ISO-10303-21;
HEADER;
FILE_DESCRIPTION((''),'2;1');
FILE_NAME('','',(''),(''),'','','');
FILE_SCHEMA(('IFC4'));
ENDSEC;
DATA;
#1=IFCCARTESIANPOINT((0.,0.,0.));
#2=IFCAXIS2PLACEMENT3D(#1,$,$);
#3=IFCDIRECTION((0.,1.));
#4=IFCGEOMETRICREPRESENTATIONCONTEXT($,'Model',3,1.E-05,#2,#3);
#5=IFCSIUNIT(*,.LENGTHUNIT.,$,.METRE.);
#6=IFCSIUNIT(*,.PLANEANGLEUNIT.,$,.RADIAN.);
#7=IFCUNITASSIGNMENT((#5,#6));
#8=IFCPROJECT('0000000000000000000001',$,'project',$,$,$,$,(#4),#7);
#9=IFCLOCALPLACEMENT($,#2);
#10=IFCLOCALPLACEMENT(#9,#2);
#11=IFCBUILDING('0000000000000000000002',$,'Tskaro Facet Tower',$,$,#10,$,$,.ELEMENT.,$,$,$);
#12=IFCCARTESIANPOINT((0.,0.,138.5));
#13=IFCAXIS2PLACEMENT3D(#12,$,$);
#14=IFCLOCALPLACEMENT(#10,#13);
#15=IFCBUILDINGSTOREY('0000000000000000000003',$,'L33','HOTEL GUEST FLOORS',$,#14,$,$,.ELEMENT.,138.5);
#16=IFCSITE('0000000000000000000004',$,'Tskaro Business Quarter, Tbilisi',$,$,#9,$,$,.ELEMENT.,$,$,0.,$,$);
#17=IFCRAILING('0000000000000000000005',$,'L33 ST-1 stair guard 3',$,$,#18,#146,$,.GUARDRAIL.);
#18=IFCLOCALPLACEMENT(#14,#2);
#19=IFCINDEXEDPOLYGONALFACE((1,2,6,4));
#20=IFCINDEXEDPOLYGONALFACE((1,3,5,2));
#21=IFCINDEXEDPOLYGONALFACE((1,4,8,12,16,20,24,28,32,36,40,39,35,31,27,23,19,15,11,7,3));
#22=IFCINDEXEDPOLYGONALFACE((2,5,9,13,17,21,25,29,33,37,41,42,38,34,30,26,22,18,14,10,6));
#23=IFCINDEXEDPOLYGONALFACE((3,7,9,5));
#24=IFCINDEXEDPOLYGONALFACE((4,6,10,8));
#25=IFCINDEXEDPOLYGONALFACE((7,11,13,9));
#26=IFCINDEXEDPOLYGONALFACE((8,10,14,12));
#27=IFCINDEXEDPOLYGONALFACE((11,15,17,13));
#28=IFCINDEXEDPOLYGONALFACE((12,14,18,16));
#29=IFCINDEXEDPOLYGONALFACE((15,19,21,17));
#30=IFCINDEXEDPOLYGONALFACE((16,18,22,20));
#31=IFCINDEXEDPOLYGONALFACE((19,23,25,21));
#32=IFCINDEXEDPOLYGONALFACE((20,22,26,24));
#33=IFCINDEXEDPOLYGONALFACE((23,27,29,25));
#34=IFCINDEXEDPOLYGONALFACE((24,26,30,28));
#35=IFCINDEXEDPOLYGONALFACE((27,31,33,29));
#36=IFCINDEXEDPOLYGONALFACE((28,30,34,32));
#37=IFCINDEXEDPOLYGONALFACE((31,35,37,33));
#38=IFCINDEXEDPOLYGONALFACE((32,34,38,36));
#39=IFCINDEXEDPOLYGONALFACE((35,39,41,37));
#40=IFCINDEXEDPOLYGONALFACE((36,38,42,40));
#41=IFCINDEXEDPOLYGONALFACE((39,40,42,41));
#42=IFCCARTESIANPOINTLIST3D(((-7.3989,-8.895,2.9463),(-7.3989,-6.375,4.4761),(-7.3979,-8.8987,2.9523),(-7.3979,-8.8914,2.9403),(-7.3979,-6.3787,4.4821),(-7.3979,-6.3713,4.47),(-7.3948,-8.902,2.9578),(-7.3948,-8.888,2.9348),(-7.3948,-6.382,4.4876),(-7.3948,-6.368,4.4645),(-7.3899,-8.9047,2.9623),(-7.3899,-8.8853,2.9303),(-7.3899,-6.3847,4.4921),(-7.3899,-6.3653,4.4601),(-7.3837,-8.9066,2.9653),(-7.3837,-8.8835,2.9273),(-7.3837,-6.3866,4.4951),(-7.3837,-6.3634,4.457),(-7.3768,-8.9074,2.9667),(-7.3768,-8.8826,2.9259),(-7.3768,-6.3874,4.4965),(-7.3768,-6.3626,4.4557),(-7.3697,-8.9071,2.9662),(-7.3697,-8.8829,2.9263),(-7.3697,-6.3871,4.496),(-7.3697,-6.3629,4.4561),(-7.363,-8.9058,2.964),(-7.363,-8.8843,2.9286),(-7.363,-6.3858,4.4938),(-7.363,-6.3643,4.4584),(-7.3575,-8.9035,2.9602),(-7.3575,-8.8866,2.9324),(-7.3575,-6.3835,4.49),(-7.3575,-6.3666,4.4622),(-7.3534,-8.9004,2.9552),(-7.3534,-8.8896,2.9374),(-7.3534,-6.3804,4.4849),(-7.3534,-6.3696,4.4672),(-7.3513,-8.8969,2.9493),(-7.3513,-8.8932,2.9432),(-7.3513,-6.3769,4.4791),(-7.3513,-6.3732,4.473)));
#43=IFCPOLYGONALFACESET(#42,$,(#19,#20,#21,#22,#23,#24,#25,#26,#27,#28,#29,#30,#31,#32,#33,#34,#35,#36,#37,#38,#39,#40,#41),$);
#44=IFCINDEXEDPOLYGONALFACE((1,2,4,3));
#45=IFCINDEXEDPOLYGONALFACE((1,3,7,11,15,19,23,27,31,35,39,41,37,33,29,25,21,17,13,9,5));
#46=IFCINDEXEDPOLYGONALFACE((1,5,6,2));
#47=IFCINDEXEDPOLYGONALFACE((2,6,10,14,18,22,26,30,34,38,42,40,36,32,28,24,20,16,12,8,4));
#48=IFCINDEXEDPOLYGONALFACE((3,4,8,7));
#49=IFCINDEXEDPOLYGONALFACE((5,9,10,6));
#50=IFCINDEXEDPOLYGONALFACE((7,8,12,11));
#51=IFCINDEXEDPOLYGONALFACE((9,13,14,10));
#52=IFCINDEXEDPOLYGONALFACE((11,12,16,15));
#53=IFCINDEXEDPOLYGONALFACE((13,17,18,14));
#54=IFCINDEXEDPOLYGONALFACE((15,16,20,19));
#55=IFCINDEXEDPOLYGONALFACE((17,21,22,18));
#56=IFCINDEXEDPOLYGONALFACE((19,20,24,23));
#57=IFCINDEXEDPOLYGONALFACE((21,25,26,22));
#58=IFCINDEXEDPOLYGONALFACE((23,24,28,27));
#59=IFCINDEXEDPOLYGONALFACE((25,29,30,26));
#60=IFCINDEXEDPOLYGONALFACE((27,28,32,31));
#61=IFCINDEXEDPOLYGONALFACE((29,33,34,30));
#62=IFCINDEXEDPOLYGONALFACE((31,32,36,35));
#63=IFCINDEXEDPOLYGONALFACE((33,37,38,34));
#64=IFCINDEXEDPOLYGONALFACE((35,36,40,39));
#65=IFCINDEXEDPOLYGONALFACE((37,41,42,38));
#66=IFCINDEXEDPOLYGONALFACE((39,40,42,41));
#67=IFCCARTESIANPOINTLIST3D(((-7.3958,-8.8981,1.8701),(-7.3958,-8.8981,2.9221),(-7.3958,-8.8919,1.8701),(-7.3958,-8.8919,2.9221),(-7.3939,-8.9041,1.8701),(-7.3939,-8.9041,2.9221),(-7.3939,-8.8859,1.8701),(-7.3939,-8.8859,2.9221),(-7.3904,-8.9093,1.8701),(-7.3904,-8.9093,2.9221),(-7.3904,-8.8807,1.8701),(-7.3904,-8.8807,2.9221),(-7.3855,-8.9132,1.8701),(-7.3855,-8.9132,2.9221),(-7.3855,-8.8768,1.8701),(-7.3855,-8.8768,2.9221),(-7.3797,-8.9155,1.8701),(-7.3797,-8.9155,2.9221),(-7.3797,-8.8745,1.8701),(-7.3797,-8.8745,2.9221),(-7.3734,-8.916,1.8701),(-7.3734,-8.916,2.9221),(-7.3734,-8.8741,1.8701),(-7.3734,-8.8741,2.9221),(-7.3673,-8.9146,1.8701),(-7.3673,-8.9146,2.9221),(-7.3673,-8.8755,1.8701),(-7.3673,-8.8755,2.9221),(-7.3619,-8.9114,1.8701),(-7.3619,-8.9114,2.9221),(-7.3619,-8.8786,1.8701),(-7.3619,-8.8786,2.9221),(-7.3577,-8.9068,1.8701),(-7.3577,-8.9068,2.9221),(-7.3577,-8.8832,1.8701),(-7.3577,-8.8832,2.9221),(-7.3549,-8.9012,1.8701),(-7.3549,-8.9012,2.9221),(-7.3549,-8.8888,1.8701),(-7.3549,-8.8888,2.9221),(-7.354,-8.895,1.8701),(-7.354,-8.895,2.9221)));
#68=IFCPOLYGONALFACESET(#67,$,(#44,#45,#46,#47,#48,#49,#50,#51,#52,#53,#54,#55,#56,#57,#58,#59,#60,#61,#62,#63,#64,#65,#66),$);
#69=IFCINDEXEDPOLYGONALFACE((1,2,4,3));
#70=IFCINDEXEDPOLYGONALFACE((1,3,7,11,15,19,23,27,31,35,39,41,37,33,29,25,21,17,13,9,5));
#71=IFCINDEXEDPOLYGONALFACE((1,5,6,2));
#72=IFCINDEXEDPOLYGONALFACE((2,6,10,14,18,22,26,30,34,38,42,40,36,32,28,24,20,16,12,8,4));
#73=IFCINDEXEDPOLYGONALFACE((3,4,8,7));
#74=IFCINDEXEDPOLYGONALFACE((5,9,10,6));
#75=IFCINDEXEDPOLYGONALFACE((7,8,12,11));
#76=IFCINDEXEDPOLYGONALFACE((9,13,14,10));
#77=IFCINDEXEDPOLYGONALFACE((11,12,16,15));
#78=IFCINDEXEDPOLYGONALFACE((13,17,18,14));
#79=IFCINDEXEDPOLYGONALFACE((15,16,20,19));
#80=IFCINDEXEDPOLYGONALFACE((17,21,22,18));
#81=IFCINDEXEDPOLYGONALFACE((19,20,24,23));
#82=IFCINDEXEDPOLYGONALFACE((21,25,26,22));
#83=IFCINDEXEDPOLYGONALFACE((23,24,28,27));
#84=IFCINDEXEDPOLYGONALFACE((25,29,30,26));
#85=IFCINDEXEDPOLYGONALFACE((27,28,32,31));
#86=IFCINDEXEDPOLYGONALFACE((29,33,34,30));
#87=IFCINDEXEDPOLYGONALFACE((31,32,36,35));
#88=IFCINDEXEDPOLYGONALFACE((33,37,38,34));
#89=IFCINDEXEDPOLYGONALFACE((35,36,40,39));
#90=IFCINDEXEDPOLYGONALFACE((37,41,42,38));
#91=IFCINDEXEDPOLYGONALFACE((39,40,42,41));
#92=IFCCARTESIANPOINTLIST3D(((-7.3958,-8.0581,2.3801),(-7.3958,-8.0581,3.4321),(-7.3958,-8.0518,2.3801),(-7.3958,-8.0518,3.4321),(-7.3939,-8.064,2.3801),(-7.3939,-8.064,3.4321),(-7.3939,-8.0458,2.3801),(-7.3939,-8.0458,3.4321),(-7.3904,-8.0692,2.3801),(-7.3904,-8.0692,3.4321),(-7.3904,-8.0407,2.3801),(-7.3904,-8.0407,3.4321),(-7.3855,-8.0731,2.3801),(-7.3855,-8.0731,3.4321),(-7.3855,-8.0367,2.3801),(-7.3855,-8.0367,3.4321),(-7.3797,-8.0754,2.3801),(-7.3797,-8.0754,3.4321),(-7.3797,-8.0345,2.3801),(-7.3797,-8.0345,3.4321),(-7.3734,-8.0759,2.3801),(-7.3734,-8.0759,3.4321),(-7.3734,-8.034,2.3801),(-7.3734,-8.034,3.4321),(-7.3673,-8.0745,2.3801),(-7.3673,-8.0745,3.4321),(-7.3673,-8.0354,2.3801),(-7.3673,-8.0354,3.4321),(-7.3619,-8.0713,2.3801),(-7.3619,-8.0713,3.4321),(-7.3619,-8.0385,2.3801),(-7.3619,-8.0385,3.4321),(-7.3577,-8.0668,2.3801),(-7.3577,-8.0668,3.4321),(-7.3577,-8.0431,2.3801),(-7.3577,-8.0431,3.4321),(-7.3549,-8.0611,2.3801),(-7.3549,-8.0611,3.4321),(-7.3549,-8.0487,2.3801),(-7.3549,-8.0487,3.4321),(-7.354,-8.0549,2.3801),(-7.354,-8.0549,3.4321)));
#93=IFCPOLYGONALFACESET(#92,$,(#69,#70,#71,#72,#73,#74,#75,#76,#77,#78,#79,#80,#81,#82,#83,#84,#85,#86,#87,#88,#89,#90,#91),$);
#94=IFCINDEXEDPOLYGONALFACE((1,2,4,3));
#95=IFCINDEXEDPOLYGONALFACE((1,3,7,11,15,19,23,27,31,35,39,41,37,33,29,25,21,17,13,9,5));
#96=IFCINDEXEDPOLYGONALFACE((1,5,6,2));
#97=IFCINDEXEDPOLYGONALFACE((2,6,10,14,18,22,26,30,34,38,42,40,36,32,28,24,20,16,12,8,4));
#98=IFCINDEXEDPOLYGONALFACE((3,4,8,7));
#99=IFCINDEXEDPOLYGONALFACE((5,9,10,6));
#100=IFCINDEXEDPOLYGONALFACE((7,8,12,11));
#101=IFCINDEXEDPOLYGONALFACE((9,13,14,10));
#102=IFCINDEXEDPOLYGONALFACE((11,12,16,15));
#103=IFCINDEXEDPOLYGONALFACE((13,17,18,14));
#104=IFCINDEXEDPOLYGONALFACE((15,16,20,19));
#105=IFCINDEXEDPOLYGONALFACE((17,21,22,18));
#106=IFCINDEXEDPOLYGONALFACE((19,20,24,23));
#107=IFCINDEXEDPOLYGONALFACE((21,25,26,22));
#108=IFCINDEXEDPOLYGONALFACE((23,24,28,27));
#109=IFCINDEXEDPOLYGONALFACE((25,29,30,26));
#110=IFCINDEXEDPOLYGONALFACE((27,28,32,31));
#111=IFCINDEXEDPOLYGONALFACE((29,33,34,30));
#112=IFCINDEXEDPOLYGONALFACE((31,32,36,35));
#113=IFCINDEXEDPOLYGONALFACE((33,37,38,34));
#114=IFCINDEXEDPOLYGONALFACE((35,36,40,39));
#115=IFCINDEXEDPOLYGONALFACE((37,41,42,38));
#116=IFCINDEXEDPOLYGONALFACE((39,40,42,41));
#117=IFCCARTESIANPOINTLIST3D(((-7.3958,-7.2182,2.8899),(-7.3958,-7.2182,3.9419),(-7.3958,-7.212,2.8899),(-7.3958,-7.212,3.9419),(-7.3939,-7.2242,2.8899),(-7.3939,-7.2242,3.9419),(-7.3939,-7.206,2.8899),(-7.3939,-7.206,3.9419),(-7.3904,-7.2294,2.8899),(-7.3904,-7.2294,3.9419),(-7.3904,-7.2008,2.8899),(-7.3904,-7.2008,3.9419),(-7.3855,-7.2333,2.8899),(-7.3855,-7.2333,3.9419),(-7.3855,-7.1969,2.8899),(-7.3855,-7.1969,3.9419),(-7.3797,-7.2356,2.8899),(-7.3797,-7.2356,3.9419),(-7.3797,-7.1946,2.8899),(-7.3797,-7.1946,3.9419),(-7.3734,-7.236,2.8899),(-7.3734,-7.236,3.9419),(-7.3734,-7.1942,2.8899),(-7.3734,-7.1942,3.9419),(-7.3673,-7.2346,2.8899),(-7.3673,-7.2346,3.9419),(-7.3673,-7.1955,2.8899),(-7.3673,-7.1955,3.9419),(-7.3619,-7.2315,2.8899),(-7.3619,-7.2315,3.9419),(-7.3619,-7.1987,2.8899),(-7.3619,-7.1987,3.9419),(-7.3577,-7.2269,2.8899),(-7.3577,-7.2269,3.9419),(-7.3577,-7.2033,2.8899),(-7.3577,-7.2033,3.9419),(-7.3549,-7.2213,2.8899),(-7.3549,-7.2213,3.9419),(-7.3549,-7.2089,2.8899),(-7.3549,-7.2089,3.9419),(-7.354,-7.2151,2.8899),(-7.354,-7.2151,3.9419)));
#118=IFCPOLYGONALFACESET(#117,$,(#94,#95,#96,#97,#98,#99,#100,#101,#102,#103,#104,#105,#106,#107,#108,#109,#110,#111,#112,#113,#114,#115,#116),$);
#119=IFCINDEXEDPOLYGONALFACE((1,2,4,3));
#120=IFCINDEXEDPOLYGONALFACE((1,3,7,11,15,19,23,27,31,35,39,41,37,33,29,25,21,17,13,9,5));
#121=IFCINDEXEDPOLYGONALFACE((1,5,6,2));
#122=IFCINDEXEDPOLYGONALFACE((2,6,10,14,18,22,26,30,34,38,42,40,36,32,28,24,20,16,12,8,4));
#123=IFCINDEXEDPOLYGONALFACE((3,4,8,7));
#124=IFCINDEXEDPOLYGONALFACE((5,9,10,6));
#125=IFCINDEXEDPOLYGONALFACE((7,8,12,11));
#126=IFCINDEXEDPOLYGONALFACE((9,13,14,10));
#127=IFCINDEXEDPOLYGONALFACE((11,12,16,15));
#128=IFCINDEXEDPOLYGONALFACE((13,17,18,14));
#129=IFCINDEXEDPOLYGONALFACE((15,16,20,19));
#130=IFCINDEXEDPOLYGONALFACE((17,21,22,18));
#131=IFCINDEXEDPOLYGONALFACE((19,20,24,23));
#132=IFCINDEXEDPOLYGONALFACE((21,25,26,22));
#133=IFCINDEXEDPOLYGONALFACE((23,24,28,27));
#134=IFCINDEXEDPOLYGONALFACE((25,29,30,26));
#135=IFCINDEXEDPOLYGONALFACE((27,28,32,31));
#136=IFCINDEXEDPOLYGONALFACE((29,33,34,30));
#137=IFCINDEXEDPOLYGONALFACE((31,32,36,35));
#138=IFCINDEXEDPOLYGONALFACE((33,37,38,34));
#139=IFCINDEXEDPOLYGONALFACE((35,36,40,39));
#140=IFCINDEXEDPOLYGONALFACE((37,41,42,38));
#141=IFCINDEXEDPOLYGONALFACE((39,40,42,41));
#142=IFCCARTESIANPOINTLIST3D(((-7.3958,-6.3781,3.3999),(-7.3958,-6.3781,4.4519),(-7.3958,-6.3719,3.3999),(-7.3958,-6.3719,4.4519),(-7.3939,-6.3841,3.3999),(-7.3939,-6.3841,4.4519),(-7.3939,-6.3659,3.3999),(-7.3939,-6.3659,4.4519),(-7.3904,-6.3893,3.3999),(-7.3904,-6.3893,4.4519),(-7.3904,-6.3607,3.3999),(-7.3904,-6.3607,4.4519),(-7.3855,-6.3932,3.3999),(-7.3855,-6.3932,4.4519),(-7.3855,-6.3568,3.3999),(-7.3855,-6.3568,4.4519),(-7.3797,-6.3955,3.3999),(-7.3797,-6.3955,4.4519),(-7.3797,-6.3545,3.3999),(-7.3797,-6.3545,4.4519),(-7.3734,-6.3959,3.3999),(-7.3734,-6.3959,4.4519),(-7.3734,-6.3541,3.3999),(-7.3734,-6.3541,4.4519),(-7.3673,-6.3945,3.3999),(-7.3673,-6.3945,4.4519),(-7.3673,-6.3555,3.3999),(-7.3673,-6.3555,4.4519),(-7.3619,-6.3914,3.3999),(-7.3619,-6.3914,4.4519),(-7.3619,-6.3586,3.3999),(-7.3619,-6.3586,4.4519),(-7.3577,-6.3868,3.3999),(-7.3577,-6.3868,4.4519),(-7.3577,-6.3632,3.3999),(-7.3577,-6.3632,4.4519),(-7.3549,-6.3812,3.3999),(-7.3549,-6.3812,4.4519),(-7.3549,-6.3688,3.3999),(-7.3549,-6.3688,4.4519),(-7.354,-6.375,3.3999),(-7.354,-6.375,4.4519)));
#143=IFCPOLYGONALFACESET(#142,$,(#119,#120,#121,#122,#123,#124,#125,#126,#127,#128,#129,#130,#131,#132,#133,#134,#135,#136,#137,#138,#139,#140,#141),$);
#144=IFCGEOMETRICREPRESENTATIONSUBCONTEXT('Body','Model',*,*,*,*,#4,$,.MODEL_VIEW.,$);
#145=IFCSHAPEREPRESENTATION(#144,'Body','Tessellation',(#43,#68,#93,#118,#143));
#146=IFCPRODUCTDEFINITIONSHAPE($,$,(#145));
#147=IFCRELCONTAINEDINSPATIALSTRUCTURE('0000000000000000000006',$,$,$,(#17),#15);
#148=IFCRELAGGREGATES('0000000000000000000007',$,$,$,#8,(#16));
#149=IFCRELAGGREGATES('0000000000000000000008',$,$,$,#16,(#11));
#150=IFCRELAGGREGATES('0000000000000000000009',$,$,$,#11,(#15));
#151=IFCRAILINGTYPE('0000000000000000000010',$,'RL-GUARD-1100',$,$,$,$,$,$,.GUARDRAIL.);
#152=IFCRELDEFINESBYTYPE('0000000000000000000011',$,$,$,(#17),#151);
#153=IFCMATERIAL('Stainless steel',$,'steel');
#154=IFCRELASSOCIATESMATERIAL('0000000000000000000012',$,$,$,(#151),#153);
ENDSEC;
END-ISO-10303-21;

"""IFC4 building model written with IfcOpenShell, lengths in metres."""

from ifc_helpers import new_model, si_unit, direction, frame, origin, origin_2d, place, context, subcontext, project, spatial, circle, extrude, material, type_object, element, save


model = new_model("IFC4")

# Units and contexts
model_context = context("Model", 3, precision=1e-05, world=origin(), true_north=direction((0.0, 1.0)))
body_context = subcontext(model_context, "Body", "Model", "MODEL_VIEW")
ifc_project = project(units=[si_unit("LENGTHUNIT", "METRE"), si_unit("PLANEANGLEUNIT", "RADIAN")], contexts=[model_context])

# Site, building, storey
site_placement = place(None, origin())
site = spatial("IfcSite", under=ifc_project, at=site_placement, Name="Tskaro Business Quarter, Tbilisi", CompositionType="ELEMENT", RefElevation=0.0)
building_placement = place(site_placement, origin())
building = spatial("IfcBuilding", under=site, at=building_placement, Name="Tskaro Facet Tower", CompositionType="ELEMENT")
storey_placement = place(building_placement, frame((0.0, 0.0, 138.5)))
storey = spatial("IfcBuildingStorey", under=building, at=storey_placement, Name="L33", Description="HOTEL GUEST FLOORS", CompositionType="ELEMENT", Elevation=138.5)

# Shared definitions
ifc_material_1 = material(Name="Stainless steel", Category="steel")

# Railing
railing_type_1 = type_object("IfcRailingType", Name="RL-GUARD-1100", PredefinedType="GUARDRAIL", material=ifc_material_1)
railing_1_placement = place(storey_placement, frame((-7.375, -8.895, 1.8701)))
element("IfcRailing", 1, at=railing_1_placement, inside=storey, type_object=railing_type_1, Name="L33 ST-1 stair guard 3", PredefinedType="GUARDRAIL", context=body_context, shape_type="SweptSolid", body=[
    extrude(circle(Radius=0.0239, at=origin_2d()), frame((0.0, 0.0, 1.0762), z_axis=(0.0, 0.854822, 0.518922), x_axis=(-1.0, 0.0, 0.0)), (0.0, 0.0, 1.0), 2.948),
    extrude(circle(Radius=0.021, at=origin_2d()), origin(), (0.0, 0.0, 1.0), 1.052),
    extrude(circle(Radius=0.021, at=origin_2d()), frame((0.0, 0.8401, 0.51)), (0.0, 0.0, 1.0), 1.052),
    extrude(circle(Radius=0.021, at=origin_2d()), frame((0.0, 1.6799, 1.0198)), (0.0, 0.0, 1.0), 1.052),
    extrude(circle(Radius=0.021, at=origin_2d()), frame((0.0, 2.52, 1.5298)), (0.0, 0.0, 1.0), 1.052),
])

save(model, "model.ifc")
